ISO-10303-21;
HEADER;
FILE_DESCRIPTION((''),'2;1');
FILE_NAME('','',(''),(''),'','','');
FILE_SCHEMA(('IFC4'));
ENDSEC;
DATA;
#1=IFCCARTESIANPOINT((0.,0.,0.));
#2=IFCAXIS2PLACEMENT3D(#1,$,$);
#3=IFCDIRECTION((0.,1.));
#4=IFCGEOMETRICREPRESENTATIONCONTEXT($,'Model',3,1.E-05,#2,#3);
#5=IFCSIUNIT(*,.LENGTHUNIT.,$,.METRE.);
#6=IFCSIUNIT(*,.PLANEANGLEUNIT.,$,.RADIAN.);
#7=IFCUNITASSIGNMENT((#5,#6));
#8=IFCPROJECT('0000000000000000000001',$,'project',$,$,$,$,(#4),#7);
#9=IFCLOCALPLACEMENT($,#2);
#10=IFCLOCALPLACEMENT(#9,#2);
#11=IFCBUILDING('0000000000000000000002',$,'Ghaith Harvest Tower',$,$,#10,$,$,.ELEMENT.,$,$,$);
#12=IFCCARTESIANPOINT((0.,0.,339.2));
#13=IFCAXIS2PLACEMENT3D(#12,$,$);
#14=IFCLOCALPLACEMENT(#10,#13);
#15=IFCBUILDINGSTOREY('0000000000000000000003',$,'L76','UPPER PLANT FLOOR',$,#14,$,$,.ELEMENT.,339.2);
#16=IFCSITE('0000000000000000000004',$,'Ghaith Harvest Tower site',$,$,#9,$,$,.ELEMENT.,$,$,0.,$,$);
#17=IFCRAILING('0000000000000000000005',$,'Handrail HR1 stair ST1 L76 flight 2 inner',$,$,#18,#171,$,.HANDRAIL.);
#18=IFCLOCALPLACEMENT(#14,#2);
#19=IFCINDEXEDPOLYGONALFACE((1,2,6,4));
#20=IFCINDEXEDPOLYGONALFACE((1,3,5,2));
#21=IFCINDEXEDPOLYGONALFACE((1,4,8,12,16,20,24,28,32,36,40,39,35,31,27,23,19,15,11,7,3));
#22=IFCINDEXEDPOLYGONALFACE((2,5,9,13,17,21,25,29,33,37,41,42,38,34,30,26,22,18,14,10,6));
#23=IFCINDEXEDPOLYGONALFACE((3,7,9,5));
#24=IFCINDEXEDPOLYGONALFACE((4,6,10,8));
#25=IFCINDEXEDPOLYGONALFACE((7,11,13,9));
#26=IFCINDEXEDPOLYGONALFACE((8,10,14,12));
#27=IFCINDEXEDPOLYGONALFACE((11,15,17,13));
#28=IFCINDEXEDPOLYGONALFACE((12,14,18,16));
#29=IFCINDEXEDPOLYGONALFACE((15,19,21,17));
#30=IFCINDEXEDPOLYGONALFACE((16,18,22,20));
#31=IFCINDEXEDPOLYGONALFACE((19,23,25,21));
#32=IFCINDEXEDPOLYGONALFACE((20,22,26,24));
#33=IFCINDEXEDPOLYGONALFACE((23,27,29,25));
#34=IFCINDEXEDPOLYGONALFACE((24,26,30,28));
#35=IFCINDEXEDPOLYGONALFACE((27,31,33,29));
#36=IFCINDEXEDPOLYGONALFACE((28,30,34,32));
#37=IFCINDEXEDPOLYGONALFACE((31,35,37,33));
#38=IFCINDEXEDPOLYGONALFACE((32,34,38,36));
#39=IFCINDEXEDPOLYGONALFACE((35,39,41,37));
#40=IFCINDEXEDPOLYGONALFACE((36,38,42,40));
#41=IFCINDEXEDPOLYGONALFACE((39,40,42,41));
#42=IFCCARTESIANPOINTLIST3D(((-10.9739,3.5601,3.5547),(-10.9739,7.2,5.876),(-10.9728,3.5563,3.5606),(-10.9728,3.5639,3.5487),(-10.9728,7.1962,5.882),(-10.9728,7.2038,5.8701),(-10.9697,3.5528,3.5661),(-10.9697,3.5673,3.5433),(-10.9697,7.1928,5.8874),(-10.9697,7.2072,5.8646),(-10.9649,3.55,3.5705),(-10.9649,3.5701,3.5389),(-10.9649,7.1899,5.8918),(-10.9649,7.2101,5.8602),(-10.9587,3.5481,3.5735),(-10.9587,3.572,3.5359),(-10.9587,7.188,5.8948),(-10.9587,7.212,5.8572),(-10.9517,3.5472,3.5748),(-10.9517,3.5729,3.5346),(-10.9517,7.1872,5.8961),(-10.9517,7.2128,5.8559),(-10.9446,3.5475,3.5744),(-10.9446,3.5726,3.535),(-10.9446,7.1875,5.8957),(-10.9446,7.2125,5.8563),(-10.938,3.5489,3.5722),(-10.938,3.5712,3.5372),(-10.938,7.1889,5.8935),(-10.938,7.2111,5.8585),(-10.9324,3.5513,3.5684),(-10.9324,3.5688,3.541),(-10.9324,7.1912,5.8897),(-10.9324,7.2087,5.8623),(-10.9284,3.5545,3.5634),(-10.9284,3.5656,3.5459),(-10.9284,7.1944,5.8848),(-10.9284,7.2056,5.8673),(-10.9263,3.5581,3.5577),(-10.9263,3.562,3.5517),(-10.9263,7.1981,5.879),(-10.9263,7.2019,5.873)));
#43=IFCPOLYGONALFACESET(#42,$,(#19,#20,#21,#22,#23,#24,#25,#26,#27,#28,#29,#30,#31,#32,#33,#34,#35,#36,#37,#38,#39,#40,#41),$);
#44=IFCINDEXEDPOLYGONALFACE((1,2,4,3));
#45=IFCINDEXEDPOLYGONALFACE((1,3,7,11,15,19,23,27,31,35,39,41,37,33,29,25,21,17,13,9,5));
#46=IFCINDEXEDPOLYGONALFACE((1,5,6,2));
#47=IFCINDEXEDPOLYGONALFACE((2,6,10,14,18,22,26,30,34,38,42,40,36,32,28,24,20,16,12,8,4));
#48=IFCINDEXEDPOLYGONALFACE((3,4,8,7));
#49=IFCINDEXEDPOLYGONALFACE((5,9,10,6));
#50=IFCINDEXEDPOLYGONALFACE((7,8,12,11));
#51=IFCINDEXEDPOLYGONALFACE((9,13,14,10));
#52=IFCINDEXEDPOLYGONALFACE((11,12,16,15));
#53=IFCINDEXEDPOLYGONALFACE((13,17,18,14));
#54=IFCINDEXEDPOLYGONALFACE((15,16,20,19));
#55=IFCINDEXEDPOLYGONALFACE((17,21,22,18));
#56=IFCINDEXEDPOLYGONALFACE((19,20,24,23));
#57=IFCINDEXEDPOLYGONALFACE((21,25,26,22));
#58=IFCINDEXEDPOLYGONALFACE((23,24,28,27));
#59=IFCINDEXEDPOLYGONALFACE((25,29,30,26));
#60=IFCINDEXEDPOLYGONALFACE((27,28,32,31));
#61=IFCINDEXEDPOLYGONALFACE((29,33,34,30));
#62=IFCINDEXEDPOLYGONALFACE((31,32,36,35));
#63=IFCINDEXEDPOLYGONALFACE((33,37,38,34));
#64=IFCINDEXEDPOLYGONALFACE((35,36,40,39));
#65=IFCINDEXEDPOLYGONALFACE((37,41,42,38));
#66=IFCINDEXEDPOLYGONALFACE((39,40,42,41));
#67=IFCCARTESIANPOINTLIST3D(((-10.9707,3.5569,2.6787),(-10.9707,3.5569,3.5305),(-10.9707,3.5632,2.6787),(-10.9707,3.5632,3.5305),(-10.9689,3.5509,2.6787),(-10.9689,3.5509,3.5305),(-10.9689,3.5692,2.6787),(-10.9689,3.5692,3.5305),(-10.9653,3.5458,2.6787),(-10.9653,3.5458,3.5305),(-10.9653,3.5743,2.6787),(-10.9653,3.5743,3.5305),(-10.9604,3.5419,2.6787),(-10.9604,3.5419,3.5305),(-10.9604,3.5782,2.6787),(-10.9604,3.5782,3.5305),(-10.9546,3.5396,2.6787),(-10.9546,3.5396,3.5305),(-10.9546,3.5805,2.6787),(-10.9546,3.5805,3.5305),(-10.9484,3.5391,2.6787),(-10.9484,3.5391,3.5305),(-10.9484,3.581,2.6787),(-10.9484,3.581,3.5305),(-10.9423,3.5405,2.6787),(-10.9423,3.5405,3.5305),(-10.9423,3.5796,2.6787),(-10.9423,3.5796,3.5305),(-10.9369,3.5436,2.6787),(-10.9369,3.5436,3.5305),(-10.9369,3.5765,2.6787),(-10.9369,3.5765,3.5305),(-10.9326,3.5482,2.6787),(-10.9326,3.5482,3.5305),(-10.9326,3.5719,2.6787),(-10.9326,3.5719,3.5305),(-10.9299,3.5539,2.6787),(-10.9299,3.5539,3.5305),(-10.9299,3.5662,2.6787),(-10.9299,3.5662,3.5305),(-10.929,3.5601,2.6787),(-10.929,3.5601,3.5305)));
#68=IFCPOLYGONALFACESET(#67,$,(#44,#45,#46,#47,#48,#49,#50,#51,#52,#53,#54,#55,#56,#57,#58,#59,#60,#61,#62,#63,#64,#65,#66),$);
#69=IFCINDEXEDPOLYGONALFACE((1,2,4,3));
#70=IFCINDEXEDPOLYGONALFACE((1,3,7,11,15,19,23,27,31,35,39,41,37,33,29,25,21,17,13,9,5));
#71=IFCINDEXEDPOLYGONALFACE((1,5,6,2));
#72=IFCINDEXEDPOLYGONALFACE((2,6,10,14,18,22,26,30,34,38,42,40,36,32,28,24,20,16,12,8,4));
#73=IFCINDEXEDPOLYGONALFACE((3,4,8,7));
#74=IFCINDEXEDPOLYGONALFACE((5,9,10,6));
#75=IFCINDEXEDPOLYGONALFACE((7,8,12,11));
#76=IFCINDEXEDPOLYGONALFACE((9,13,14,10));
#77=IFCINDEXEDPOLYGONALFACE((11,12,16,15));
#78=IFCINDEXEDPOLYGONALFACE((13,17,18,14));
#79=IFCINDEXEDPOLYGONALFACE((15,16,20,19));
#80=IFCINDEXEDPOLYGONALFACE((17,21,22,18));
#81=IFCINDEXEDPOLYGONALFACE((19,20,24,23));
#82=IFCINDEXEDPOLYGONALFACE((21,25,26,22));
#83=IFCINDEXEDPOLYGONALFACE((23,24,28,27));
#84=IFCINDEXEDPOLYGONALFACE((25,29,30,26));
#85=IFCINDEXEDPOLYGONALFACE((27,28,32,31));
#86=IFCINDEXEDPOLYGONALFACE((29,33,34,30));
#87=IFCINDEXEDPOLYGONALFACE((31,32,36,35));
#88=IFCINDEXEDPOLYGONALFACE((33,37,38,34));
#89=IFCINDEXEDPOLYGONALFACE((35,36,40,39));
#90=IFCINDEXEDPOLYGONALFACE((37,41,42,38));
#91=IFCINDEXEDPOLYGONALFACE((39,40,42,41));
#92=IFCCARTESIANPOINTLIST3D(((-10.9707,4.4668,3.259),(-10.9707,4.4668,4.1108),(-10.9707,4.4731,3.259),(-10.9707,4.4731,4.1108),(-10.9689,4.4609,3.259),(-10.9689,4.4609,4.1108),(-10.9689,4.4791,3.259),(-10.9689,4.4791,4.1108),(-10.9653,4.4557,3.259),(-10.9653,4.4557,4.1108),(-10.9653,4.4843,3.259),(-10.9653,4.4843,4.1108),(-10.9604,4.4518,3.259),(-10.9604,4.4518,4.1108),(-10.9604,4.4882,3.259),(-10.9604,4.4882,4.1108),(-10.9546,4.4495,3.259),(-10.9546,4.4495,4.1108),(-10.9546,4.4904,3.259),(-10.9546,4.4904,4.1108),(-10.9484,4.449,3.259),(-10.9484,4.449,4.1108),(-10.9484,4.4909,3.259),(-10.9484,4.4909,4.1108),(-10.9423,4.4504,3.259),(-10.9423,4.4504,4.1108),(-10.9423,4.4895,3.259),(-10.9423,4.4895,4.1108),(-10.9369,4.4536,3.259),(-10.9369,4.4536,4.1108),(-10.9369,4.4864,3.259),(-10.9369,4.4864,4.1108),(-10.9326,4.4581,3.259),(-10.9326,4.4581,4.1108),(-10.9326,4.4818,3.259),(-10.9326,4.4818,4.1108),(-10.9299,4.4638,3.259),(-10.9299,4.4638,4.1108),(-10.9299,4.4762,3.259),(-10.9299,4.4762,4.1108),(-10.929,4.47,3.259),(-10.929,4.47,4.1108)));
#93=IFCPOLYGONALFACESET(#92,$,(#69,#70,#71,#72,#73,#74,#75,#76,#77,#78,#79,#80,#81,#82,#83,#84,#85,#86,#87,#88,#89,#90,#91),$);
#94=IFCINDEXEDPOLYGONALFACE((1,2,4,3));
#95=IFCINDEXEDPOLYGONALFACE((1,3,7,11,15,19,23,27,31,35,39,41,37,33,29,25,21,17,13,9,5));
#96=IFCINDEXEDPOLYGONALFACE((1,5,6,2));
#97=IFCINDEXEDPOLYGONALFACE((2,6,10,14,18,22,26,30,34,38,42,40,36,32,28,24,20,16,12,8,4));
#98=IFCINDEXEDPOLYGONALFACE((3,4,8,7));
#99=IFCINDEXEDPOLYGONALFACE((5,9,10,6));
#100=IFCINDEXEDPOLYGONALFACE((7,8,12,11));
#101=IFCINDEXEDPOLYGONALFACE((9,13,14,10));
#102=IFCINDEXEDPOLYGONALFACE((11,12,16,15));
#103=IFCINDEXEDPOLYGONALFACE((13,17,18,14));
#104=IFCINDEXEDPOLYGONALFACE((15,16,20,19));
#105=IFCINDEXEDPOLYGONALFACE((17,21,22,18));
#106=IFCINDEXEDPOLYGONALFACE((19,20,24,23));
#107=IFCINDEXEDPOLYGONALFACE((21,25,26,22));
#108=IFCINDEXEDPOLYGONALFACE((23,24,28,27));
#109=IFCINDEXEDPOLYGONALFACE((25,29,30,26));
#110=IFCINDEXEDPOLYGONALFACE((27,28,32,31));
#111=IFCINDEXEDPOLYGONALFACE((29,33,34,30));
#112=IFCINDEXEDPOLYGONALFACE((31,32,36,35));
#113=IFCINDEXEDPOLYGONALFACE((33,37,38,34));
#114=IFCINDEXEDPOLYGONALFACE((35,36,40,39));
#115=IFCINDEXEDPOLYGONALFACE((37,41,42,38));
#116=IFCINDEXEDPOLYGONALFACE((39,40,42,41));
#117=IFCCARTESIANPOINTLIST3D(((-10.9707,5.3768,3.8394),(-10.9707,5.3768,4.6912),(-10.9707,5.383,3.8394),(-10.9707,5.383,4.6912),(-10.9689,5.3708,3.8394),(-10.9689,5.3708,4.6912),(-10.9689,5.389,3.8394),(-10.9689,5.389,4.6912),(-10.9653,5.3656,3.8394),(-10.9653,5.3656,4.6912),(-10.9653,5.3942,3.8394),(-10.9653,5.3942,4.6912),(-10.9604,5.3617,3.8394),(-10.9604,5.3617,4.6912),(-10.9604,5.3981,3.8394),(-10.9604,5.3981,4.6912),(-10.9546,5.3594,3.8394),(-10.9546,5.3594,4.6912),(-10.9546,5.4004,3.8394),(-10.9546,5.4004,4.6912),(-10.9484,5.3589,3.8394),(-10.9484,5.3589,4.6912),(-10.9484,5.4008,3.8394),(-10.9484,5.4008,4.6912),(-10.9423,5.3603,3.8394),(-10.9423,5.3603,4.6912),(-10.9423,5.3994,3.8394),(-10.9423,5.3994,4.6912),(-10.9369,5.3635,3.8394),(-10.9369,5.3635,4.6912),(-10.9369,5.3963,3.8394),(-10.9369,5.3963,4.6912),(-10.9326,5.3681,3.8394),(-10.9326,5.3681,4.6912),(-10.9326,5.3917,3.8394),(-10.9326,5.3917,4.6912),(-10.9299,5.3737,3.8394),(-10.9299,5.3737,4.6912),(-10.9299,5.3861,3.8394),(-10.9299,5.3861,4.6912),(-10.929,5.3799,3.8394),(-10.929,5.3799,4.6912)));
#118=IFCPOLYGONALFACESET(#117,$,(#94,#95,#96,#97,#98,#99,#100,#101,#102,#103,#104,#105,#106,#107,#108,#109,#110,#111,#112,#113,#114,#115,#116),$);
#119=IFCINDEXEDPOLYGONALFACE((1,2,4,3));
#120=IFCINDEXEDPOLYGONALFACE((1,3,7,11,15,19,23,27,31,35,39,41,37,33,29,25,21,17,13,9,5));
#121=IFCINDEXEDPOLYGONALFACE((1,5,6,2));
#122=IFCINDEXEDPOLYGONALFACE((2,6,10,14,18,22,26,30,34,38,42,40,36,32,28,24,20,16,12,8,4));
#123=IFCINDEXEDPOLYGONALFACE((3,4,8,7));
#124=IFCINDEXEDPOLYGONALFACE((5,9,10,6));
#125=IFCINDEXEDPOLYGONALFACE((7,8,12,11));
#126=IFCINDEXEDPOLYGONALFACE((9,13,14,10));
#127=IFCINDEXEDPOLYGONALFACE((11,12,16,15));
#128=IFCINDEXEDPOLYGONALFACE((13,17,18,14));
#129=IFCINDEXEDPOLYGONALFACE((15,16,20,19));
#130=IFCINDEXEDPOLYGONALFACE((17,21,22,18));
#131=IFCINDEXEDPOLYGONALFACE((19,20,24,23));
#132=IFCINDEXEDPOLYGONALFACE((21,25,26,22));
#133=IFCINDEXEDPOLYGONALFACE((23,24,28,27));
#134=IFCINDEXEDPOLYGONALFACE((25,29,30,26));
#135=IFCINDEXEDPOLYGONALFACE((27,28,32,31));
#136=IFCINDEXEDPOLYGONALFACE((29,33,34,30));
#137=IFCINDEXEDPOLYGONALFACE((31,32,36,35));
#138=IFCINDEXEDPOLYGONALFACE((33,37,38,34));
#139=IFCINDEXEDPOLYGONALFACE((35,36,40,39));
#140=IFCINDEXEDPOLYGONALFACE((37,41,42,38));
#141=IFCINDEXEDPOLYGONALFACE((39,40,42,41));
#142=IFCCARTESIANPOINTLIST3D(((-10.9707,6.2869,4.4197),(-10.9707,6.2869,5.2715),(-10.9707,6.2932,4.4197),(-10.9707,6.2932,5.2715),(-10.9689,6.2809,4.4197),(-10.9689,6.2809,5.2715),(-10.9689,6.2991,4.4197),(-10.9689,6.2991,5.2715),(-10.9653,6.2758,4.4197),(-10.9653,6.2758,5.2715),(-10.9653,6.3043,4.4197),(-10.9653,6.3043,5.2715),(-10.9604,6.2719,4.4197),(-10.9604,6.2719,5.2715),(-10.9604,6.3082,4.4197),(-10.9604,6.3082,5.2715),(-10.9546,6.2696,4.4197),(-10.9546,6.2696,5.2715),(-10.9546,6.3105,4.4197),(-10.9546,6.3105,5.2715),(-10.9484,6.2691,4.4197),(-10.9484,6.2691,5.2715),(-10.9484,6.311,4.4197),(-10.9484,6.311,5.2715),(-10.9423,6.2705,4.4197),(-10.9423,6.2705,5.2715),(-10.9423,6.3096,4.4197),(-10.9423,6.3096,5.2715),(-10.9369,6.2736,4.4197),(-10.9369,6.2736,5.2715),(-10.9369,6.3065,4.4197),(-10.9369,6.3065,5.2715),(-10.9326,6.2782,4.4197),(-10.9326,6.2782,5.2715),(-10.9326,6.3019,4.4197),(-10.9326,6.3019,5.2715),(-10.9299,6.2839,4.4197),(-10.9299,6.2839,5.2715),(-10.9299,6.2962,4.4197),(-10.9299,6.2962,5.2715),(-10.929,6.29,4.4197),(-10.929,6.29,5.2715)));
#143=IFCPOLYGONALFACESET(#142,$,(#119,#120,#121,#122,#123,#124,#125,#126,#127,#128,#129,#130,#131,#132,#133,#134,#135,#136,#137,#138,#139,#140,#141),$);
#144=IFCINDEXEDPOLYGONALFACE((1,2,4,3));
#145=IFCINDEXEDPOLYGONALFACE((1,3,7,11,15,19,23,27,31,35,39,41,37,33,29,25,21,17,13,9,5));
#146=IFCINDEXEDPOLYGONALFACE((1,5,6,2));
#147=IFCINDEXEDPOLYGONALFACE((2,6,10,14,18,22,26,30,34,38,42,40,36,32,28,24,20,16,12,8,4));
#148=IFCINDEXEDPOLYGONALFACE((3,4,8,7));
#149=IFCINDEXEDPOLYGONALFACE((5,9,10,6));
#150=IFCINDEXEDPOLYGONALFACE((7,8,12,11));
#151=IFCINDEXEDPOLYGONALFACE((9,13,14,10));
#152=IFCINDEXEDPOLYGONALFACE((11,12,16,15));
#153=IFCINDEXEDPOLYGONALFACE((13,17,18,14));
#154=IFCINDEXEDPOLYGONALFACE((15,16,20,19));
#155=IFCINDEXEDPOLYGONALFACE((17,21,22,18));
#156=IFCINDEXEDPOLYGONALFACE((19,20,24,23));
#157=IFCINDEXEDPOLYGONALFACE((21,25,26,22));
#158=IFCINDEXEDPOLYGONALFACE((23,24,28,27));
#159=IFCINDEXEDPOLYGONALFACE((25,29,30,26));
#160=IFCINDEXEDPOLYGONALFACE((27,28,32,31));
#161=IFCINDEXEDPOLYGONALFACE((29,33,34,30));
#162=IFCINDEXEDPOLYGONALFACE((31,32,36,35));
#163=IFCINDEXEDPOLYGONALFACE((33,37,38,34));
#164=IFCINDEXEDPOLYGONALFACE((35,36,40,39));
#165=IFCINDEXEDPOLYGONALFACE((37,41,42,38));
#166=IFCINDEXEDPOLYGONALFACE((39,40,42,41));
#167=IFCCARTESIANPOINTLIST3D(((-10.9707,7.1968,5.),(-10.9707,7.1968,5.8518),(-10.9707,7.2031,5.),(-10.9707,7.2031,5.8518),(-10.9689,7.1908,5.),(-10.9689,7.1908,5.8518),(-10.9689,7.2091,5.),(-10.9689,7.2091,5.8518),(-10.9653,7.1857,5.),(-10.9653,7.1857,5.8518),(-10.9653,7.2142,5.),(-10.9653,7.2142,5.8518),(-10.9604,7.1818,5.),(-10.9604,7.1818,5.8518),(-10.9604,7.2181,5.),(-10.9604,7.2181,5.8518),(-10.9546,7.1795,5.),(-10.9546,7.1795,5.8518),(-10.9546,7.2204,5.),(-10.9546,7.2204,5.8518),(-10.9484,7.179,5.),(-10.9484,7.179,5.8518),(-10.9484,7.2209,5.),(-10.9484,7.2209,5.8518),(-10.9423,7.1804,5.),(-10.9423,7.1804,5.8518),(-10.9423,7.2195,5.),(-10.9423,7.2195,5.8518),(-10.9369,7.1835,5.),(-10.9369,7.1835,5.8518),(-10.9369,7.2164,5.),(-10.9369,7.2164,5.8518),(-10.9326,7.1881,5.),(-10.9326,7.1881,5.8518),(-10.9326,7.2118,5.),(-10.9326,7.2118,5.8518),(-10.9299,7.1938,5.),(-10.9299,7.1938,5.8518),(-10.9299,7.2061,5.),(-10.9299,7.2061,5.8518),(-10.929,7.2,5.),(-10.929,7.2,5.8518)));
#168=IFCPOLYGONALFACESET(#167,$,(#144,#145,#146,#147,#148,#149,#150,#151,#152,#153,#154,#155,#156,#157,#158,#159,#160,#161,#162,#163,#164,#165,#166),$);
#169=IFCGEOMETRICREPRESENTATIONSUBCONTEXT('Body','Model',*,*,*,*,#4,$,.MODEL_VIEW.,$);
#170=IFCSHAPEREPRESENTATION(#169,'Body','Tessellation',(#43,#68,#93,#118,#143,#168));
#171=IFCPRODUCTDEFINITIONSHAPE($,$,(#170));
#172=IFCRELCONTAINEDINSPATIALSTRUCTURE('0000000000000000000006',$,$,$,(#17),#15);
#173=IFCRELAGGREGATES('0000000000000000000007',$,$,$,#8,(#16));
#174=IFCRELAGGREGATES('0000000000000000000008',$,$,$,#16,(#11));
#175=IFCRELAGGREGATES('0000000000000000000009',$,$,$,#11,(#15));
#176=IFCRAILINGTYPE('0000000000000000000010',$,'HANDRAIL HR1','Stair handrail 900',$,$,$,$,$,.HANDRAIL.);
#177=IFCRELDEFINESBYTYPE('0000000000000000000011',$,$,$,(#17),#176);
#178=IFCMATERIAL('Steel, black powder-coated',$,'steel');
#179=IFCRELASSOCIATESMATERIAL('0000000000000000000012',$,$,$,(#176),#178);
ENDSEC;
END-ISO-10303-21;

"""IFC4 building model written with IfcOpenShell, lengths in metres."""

from ifc_helpers import new_model, si_unit, direction, frame, origin, origin_2d, place, context, subcontext, project, spatial, circle, extrude, material, type_object, element, save


model = new_model("IFC4")

# Units and contexts
model_context = context("Model", 3, precision=1e-05, world=origin(), true_north=direction((0.0, 1.0)))
body_context = subcontext(model_context, "Body", "Model", "MODEL_VIEW")
ifc_project = project(units=[si_unit("LENGTHUNIT", "METRE"), si_unit("PLANEANGLEUNIT", "RADIAN")], contexts=[model_context])

# Site, building, storey
site_placement = place(None, origin())
site = spatial("IfcSite", under=ifc_project, at=site_placement, Name="Ghaith Harvest Tower site", CompositionType="ELEMENT", RefElevation=0.0)
building_placement = place(site_placement, origin())
building = spatial("IfcBuilding", under=site, at=building_placement, Name="Ghaith Harvest Tower", CompositionType="ELEMENT")
storey_placement = place(building_placement, frame((0.0, 0.0, 339.2)))
storey = spatial("IfcBuildingStorey", under=building, at=storey_placement, Name="L76", Description="UPPER PLANT FLOOR", CompositionType="ELEMENT", Elevation=339.2)

# Railing
ifc_material_1 = material(Name="Steel, black powder-coated", Category="steel")
railing_type = type_object("IfcRailingType", Name="HANDRAIL HR1", Description="Stair handrail 900", PredefinedType="HANDRAIL", material=ifc_material_1)
railing_1_placement = place(storey_placement, frame((-10.95, 3.5601, 2.6787)))
element("IfcRailing", 1, at=railing_1_placement, inside=storey, type_object=railing_type, Name="Handrail HR1 stair ST1 L76 flight 2 inner", PredefinedType="HANDRAIL", context=body_context, shape_type="SweptSolid", body=[
    extrude(circle(Radius=0.0239, at=origin_2d()), frame((0.0, 0.0, 0.876), z_axis=(0.0, 0.843137, 0.537699), x_axis=(-1.0, 0.0, 0.0)), (0.0, 0.0, 1.0), 4.3171),
    extrude(circle(Radius=0.021, at=origin_2d()), origin(), (0.0, 0.0, 1.0), 0.8518),
    extrude(circle(Radius=0.021, at=origin_2d()), frame((0.0, 0.9099, 0.5803)), (0.0, 0.0, 1.0), 0.8518),
    extrude(circle(Radius=0.021, at=origin_2d()), frame((0.0, 1.8198, 1.1606)), (0.0, 0.0, 1.0), 0.8518),
    extrude(circle(Radius=0.021, at=origin_2d()), frame((0.0, 2.73, 1.741)), (0.0, 0.0, 1.0), 0.8518),
    extrude(circle(Radius=0.021, at=origin_2d()), frame((0.0, 3.6399, 2.3213)), (0.0, 0.0, 1.0), 0.8518),
])

save(model, "model.ifc")
